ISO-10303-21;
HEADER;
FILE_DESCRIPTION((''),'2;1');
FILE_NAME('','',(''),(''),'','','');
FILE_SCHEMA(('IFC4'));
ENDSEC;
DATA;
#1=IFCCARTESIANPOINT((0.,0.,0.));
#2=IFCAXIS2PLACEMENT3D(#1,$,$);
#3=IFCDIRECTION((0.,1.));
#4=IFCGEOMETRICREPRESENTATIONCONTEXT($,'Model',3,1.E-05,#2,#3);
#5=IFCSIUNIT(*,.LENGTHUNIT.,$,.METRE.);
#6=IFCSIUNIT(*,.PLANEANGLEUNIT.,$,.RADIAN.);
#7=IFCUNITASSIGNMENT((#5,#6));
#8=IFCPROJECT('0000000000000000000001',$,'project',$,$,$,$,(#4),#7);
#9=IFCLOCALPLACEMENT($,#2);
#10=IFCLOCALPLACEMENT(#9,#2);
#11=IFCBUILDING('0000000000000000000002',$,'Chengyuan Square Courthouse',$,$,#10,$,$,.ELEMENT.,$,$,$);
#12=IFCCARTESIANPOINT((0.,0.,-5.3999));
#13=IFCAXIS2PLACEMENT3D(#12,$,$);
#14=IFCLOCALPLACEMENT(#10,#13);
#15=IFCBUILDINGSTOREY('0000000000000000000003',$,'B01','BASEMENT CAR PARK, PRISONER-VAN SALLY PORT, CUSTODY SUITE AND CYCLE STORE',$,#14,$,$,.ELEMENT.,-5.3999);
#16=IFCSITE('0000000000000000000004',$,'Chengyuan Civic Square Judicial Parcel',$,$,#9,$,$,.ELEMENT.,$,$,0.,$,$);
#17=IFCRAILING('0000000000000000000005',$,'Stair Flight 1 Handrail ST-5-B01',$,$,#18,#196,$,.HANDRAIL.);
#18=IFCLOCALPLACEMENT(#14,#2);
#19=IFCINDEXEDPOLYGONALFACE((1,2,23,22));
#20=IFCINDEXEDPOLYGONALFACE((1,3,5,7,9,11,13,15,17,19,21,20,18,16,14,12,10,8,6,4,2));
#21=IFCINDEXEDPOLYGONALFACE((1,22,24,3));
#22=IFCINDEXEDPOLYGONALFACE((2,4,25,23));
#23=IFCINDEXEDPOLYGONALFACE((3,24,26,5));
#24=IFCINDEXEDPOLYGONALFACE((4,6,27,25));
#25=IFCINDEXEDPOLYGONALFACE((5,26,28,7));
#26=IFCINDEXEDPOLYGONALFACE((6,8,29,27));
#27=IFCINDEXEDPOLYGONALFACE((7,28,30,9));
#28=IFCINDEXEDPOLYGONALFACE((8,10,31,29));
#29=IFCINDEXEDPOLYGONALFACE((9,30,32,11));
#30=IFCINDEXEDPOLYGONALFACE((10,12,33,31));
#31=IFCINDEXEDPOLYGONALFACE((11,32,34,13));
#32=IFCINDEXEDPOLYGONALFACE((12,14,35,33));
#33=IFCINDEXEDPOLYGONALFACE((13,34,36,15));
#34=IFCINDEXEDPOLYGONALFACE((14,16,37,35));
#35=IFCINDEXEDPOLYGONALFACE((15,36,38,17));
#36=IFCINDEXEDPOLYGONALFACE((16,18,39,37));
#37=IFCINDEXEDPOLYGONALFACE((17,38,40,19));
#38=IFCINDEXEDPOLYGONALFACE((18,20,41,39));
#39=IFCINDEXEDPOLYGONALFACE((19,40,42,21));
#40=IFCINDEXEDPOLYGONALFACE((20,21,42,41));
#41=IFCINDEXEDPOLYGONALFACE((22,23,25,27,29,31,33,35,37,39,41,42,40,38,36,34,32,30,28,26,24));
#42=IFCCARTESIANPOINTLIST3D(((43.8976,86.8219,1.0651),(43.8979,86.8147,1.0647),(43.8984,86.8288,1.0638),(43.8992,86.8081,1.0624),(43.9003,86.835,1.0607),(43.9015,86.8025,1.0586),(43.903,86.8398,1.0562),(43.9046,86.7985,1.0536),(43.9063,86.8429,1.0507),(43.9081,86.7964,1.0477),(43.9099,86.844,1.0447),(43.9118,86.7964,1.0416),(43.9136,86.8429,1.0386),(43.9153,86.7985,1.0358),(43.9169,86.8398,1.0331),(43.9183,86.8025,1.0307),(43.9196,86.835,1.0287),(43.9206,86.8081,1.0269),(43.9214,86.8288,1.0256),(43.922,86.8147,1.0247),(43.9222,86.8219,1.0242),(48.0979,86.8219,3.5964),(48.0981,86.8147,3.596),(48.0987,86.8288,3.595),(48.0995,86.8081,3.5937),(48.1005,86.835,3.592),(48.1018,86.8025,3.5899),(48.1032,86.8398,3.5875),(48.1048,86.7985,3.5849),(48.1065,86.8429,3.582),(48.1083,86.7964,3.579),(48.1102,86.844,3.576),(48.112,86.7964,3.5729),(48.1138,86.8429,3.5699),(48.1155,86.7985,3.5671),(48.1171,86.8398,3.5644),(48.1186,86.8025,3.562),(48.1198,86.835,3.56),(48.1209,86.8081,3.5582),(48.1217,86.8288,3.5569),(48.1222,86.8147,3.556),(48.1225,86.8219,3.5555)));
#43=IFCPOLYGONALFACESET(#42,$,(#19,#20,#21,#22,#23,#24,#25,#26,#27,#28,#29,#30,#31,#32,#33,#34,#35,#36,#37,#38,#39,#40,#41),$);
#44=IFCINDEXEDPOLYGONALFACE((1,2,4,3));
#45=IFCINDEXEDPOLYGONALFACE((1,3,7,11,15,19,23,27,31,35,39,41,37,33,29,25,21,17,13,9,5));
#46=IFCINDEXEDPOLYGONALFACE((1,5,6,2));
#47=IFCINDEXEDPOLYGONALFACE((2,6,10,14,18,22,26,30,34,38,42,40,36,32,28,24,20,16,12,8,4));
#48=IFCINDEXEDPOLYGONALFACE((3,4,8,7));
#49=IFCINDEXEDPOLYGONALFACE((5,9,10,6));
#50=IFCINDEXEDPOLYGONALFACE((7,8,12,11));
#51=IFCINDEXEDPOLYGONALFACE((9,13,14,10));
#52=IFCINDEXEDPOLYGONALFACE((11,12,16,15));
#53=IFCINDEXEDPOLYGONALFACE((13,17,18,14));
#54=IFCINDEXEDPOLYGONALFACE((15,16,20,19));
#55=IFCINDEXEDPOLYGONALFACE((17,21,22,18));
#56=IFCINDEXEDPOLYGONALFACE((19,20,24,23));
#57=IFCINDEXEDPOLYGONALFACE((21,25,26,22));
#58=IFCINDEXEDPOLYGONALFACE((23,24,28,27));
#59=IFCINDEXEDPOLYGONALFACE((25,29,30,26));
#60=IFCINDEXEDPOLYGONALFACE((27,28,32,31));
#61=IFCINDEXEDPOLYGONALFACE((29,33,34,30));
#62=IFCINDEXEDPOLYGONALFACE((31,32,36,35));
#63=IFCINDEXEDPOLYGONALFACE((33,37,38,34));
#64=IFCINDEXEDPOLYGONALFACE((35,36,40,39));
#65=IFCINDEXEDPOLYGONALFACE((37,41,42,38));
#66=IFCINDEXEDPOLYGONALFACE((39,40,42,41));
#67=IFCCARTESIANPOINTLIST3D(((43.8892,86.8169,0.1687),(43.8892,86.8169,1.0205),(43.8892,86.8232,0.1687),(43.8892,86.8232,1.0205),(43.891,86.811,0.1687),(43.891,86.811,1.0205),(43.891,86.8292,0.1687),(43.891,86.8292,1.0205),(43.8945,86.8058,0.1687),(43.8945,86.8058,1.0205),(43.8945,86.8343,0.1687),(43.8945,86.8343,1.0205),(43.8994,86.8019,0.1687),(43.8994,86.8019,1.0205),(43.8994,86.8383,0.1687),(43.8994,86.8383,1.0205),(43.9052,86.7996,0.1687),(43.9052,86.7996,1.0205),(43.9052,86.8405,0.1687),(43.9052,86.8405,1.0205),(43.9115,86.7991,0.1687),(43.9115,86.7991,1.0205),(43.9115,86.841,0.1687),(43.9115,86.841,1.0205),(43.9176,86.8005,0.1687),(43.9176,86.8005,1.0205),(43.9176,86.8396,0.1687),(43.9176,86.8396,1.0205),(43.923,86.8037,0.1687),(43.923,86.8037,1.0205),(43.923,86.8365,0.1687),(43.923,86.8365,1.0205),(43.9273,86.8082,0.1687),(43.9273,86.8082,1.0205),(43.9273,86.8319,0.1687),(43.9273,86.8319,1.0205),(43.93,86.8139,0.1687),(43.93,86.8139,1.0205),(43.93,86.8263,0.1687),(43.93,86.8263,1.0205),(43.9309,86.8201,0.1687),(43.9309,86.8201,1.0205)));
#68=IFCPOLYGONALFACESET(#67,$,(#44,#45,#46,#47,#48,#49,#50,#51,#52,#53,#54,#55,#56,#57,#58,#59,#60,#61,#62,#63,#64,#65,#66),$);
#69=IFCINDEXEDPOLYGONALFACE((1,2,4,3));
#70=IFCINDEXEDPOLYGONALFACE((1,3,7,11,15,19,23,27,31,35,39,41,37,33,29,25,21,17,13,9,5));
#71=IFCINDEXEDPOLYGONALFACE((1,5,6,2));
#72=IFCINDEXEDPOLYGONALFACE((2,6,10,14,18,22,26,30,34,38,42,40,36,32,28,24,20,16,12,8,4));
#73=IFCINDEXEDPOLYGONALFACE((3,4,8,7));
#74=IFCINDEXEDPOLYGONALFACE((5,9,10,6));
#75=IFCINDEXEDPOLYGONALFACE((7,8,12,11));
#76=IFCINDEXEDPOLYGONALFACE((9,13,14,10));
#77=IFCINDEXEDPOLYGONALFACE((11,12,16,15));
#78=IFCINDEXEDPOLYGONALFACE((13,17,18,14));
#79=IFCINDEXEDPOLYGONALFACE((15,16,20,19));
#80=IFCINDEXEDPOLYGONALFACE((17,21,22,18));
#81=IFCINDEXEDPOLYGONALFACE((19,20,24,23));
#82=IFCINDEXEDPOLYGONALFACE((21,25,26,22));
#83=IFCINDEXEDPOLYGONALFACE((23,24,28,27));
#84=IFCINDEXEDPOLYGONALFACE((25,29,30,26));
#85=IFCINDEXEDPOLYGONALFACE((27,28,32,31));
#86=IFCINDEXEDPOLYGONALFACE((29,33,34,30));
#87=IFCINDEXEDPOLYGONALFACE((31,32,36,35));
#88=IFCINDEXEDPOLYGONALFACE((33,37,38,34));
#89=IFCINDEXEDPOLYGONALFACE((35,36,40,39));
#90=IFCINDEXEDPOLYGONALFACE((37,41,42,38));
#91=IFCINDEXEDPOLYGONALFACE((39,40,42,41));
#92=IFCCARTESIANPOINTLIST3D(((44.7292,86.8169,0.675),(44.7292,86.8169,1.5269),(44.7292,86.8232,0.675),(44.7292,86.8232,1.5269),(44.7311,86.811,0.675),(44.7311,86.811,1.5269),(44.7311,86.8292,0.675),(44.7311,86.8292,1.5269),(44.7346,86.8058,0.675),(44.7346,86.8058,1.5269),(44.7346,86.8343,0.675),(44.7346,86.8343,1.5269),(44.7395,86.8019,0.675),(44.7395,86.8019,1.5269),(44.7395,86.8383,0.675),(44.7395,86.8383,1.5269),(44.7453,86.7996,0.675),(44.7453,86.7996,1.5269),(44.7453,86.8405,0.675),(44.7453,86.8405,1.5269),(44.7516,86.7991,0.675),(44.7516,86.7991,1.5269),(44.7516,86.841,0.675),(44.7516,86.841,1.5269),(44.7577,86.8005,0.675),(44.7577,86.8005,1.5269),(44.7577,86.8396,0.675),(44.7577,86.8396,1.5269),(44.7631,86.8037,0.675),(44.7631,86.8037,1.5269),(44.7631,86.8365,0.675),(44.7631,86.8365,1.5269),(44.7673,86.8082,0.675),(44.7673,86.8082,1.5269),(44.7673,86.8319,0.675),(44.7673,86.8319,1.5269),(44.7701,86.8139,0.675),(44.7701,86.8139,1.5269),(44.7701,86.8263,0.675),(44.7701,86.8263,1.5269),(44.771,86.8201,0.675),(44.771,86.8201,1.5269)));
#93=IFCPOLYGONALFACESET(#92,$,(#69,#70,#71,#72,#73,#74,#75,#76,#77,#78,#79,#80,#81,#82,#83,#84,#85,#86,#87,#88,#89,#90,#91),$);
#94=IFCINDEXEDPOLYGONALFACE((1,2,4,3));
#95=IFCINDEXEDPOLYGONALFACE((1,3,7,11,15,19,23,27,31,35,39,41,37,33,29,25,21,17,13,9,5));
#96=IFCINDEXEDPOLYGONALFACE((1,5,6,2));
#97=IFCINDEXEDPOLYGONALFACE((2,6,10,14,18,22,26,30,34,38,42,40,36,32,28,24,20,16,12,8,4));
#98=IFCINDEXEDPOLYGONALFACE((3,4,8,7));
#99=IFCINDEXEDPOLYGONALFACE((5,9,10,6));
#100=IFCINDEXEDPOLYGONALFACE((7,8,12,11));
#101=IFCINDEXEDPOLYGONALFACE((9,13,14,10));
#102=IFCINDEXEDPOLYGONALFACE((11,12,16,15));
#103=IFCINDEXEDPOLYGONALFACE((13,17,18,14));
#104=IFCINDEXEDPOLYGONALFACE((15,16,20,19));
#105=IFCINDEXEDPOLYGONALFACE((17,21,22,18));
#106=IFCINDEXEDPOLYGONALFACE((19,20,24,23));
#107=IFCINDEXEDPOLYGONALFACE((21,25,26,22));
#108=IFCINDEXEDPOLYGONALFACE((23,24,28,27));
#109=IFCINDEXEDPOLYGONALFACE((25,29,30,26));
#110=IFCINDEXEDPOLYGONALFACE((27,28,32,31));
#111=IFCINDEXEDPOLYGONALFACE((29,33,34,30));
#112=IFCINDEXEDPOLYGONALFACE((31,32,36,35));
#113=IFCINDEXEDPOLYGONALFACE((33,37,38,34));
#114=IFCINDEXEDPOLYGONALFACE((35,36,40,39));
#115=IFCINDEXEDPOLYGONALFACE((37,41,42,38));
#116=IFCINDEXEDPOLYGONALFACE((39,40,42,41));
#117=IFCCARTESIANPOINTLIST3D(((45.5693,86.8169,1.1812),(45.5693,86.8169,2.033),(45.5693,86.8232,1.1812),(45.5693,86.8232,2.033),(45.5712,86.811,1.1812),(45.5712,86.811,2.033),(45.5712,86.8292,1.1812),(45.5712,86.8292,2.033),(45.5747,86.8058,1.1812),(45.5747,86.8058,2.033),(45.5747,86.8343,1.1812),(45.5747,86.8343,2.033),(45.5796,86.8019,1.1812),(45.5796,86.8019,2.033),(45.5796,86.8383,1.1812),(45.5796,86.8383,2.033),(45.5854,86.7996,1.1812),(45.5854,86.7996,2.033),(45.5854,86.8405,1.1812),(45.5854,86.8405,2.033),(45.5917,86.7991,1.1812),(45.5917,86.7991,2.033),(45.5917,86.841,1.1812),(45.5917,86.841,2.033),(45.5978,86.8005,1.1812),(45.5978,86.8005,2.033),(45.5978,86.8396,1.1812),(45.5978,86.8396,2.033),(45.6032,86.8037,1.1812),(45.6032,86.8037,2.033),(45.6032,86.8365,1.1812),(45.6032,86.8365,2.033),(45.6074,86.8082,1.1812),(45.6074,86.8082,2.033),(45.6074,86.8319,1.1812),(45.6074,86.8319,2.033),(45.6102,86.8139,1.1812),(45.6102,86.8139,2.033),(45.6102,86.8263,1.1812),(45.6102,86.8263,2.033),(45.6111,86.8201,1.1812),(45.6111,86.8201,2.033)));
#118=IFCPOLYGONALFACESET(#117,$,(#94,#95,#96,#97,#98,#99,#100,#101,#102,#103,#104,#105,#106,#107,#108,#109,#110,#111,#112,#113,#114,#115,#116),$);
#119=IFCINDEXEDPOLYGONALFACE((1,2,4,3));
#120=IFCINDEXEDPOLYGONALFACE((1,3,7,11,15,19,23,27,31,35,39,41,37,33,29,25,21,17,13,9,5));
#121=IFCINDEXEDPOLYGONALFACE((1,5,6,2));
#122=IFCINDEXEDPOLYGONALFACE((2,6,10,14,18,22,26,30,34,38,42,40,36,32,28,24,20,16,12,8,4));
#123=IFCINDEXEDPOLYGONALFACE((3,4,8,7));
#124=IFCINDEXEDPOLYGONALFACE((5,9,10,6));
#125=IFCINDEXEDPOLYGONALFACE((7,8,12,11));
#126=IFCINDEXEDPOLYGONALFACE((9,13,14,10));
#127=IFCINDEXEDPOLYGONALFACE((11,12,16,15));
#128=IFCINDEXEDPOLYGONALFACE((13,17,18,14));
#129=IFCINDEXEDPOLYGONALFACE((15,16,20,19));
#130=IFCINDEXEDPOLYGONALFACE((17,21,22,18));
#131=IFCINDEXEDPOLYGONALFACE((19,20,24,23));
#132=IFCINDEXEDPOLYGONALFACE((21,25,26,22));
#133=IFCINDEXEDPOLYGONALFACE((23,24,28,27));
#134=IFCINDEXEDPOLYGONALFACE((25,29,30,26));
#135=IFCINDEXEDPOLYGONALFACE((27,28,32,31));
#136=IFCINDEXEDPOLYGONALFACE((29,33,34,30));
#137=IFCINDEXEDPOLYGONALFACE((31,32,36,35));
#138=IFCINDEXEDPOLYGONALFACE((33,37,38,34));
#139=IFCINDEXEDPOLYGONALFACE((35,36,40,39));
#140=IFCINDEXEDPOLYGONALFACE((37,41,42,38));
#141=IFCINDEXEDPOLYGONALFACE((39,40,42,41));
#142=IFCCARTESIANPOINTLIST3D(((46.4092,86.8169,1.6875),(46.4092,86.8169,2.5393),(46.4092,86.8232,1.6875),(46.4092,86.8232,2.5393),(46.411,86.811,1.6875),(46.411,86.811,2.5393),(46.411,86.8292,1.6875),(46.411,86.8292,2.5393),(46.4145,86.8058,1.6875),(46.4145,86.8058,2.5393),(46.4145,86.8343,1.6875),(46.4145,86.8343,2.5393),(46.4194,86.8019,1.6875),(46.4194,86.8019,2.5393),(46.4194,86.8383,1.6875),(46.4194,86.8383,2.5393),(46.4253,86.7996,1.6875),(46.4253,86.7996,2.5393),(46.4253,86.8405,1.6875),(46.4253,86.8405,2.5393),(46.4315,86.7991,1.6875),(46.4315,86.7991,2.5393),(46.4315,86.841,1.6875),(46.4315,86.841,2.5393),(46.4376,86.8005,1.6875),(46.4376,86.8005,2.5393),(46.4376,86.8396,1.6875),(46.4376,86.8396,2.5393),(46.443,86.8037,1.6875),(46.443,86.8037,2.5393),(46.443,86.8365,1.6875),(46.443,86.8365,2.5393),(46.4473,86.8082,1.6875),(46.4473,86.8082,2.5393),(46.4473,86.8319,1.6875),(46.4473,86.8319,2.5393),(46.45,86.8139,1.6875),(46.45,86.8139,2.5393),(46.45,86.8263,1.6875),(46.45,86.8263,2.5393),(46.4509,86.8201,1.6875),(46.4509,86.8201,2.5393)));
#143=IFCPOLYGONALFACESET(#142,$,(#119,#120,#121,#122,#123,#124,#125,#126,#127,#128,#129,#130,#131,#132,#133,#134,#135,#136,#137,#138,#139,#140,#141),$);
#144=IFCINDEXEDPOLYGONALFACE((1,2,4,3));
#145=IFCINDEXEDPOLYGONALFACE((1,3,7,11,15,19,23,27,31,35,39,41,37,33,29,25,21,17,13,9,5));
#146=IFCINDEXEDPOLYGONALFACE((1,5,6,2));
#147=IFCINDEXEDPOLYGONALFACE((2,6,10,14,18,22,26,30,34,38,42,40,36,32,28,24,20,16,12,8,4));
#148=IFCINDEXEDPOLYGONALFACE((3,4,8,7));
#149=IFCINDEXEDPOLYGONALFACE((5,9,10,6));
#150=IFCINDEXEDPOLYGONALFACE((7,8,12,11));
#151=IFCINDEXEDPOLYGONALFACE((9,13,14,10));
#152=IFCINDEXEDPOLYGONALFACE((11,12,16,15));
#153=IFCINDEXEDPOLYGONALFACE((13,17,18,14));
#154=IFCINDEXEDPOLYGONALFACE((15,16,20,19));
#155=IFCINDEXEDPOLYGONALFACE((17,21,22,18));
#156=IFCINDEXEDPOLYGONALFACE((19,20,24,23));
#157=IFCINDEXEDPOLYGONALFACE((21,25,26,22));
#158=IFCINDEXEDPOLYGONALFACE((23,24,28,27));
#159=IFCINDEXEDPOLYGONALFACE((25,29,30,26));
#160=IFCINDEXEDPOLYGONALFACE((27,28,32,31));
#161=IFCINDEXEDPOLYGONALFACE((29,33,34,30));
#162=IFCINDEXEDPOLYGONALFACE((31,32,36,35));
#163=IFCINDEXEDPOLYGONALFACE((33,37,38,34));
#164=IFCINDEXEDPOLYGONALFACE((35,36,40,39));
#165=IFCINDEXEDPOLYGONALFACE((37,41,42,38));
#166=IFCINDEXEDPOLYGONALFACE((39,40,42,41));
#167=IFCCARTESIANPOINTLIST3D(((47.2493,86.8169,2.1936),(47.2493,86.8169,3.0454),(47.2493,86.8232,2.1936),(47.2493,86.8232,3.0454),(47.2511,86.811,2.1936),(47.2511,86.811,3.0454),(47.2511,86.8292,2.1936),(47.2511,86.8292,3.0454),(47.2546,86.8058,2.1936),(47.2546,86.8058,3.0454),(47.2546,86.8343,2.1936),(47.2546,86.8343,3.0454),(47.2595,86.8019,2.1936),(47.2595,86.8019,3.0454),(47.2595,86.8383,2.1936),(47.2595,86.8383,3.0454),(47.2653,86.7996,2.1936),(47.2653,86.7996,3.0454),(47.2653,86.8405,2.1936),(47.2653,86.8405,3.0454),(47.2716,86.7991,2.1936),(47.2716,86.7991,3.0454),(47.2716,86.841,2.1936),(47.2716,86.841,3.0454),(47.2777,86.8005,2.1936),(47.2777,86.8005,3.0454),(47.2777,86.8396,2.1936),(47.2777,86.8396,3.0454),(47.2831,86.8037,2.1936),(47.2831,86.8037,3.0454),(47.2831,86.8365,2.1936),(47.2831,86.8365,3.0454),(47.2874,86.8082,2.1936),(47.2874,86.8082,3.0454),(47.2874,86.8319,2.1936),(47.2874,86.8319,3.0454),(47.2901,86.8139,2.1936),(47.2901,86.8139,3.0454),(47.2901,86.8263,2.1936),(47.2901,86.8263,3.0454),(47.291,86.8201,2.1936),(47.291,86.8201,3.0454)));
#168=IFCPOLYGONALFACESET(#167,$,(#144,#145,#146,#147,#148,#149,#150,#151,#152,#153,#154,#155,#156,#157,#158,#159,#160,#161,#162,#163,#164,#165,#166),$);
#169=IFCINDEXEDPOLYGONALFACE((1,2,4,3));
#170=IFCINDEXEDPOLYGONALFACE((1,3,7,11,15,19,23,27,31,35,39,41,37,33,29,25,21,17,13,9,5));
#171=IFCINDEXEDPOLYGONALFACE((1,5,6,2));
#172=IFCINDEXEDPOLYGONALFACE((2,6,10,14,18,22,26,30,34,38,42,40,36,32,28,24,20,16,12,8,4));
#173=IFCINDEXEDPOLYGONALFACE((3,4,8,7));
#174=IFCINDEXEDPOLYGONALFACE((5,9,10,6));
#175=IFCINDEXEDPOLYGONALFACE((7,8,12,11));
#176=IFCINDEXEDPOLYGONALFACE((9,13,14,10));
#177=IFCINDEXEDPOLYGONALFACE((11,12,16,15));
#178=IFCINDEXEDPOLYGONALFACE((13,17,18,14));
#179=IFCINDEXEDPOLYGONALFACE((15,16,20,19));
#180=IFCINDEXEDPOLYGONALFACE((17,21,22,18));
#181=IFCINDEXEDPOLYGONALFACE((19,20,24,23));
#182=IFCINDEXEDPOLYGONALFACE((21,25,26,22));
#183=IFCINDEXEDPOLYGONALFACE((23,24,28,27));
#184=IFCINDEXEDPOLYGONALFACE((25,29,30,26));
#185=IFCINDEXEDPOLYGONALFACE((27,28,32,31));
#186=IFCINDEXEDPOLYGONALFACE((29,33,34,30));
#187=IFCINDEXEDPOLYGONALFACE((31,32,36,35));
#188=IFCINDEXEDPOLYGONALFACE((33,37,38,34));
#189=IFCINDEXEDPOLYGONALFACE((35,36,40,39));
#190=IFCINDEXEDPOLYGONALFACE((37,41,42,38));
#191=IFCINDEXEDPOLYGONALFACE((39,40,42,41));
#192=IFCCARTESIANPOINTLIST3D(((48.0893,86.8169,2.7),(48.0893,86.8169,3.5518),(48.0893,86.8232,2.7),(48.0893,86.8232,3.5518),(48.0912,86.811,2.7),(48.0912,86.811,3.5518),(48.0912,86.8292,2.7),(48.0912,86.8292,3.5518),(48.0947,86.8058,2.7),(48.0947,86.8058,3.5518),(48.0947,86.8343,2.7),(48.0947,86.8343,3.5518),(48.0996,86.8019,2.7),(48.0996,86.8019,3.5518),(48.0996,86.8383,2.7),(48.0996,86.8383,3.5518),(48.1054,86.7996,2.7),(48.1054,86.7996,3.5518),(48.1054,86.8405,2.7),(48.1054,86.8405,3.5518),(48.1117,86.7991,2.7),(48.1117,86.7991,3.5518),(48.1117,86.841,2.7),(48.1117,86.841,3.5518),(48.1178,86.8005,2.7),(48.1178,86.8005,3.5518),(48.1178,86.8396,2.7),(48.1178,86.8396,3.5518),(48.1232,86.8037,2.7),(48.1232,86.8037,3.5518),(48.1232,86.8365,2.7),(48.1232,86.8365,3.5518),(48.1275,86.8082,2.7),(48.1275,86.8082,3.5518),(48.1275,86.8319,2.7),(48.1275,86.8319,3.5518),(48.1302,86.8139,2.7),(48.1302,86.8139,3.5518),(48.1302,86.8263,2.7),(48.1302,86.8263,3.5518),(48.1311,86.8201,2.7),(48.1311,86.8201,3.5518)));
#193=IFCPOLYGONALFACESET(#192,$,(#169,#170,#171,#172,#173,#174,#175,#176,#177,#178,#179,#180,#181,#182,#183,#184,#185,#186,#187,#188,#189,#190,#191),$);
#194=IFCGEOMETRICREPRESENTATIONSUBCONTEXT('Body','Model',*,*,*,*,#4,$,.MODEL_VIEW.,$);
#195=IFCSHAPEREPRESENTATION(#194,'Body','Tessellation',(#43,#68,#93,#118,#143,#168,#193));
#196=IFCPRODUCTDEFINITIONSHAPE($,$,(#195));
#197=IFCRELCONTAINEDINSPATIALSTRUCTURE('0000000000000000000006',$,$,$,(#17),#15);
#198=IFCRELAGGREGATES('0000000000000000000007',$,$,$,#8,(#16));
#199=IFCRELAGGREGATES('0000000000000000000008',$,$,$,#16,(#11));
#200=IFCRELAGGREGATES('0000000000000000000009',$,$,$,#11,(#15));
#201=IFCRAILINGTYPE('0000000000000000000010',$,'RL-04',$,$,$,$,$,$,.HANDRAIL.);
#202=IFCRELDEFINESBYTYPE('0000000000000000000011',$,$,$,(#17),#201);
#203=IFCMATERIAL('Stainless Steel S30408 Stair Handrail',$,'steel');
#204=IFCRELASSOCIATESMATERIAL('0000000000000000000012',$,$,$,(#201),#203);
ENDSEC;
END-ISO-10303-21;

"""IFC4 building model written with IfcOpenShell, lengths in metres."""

from ifc_helpers import new_model, si_unit, direction, frame, origin, origin_2d, place, context, subcontext, project, spatial, circle, extrude, material, type_object, element, save


model = new_model("IFC4")

# Units and contexts
model_context = context("Model", 3, precision=1e-05, world=origin(), true_north=direction((0.0, 1.0)))
body_context = subcontext(model_context, "Body", "Model", "MODEL_VIEW")
ifc_project = project(units=[si_unit("LENGTHUNIT", "METRE"), si_unit("PLANEANGLEUNIT", "RADIAN")], contexts=[model_context])

# Site, building, storey
site_placement = place(None, origin())
site = spatial("IfcSite", under=ifc_project, at=site_placement, Name="Chengyuan Civic Square Judicial Parcel", CompositionType="ELEMENT", RefElevation=0.0)
building_placement = place(site_placement, origin())
building = spatial("IfcBuilding", under=site, at=building_placement, Name="Chengyuan Square Courthouse", CompositionType="ELEMENT")
storey_placement = place(building_placement, frame((0.0, 0.0, -5.3999)))
storey = spatial("IfcBuildingStorey", under=building, at=storey_placement, Name="B01", Description="BASEMENT CAR PARK, PRISONER-VAN SALLY PORT, CUSTODY SUITE AND CYCLE STORE", CompositionType="ELEMENT", Elevation=-5.3999)

# Railing
ifc_material_1 = material(Name="Stainless Steel S30408 Stair Handrail", Category="steel")
railing_type_1 = type_object("IfcRailingType", Name="RL-04", PredefinedType="HANDRAIL", material=ifc_material_1)
railing_1_placement = place(storey_placement, frame((43.9099, 86.8201, 0.1687)))
element("IfcRailing", 1, at=railing_1_placement, inside=storey, type_object=railing_type_1, Name="Stair Flight 1 Handrail ST-5-B01", PredefinedType="HANDRAIL", context=body_context, shape_type="SweptSolid", body=[
    extrude(circle(Radius=0.0239, at=origin_2d()), frame((0.0, 0.0, 0.876), z_axis=(0.85649, 0.0, 0.516164), x_axis=(0.0, 1.0, 0.0)), (0.0, 0.0, 1.0), 4.9041),
    extrude(circle(Radius=0.021, at=origin_2d()), origin(), (0.0, 0.0, 1.0), 0.8518),
    extrude(circle(Radius=0.021, at=origin_2d()), frame((0.8401, 0.0, 0.5063)), (0.0, 0.0, 1.0), 0.8518),
    extrude(circle(Radius=0.021, at=origin_2d()), frame((1.6802, 0.0, 1.0125)), (0.0, 0.0, 1.0), 0.8518),
    extrude(circle(Radius=0.021, at=origin_2d()), frame((2.52, 0.0, 1.5188)), (0.0, 0.0, 1.0), 0.8518),
    extrude(circle(Radius=0.021, at=origin_2d()), frame((3.3601, 0.0, 2.0249)), (0.0, 0.0, 1.0), 0.8518),
    extrude(circle(Radius=0.021, at=origin_2d()), frame((4.2002, 0.0, 2.5312)), (0.0, 0.0, 1.0), 0.8518),
])

save(model, "model.ifc")
